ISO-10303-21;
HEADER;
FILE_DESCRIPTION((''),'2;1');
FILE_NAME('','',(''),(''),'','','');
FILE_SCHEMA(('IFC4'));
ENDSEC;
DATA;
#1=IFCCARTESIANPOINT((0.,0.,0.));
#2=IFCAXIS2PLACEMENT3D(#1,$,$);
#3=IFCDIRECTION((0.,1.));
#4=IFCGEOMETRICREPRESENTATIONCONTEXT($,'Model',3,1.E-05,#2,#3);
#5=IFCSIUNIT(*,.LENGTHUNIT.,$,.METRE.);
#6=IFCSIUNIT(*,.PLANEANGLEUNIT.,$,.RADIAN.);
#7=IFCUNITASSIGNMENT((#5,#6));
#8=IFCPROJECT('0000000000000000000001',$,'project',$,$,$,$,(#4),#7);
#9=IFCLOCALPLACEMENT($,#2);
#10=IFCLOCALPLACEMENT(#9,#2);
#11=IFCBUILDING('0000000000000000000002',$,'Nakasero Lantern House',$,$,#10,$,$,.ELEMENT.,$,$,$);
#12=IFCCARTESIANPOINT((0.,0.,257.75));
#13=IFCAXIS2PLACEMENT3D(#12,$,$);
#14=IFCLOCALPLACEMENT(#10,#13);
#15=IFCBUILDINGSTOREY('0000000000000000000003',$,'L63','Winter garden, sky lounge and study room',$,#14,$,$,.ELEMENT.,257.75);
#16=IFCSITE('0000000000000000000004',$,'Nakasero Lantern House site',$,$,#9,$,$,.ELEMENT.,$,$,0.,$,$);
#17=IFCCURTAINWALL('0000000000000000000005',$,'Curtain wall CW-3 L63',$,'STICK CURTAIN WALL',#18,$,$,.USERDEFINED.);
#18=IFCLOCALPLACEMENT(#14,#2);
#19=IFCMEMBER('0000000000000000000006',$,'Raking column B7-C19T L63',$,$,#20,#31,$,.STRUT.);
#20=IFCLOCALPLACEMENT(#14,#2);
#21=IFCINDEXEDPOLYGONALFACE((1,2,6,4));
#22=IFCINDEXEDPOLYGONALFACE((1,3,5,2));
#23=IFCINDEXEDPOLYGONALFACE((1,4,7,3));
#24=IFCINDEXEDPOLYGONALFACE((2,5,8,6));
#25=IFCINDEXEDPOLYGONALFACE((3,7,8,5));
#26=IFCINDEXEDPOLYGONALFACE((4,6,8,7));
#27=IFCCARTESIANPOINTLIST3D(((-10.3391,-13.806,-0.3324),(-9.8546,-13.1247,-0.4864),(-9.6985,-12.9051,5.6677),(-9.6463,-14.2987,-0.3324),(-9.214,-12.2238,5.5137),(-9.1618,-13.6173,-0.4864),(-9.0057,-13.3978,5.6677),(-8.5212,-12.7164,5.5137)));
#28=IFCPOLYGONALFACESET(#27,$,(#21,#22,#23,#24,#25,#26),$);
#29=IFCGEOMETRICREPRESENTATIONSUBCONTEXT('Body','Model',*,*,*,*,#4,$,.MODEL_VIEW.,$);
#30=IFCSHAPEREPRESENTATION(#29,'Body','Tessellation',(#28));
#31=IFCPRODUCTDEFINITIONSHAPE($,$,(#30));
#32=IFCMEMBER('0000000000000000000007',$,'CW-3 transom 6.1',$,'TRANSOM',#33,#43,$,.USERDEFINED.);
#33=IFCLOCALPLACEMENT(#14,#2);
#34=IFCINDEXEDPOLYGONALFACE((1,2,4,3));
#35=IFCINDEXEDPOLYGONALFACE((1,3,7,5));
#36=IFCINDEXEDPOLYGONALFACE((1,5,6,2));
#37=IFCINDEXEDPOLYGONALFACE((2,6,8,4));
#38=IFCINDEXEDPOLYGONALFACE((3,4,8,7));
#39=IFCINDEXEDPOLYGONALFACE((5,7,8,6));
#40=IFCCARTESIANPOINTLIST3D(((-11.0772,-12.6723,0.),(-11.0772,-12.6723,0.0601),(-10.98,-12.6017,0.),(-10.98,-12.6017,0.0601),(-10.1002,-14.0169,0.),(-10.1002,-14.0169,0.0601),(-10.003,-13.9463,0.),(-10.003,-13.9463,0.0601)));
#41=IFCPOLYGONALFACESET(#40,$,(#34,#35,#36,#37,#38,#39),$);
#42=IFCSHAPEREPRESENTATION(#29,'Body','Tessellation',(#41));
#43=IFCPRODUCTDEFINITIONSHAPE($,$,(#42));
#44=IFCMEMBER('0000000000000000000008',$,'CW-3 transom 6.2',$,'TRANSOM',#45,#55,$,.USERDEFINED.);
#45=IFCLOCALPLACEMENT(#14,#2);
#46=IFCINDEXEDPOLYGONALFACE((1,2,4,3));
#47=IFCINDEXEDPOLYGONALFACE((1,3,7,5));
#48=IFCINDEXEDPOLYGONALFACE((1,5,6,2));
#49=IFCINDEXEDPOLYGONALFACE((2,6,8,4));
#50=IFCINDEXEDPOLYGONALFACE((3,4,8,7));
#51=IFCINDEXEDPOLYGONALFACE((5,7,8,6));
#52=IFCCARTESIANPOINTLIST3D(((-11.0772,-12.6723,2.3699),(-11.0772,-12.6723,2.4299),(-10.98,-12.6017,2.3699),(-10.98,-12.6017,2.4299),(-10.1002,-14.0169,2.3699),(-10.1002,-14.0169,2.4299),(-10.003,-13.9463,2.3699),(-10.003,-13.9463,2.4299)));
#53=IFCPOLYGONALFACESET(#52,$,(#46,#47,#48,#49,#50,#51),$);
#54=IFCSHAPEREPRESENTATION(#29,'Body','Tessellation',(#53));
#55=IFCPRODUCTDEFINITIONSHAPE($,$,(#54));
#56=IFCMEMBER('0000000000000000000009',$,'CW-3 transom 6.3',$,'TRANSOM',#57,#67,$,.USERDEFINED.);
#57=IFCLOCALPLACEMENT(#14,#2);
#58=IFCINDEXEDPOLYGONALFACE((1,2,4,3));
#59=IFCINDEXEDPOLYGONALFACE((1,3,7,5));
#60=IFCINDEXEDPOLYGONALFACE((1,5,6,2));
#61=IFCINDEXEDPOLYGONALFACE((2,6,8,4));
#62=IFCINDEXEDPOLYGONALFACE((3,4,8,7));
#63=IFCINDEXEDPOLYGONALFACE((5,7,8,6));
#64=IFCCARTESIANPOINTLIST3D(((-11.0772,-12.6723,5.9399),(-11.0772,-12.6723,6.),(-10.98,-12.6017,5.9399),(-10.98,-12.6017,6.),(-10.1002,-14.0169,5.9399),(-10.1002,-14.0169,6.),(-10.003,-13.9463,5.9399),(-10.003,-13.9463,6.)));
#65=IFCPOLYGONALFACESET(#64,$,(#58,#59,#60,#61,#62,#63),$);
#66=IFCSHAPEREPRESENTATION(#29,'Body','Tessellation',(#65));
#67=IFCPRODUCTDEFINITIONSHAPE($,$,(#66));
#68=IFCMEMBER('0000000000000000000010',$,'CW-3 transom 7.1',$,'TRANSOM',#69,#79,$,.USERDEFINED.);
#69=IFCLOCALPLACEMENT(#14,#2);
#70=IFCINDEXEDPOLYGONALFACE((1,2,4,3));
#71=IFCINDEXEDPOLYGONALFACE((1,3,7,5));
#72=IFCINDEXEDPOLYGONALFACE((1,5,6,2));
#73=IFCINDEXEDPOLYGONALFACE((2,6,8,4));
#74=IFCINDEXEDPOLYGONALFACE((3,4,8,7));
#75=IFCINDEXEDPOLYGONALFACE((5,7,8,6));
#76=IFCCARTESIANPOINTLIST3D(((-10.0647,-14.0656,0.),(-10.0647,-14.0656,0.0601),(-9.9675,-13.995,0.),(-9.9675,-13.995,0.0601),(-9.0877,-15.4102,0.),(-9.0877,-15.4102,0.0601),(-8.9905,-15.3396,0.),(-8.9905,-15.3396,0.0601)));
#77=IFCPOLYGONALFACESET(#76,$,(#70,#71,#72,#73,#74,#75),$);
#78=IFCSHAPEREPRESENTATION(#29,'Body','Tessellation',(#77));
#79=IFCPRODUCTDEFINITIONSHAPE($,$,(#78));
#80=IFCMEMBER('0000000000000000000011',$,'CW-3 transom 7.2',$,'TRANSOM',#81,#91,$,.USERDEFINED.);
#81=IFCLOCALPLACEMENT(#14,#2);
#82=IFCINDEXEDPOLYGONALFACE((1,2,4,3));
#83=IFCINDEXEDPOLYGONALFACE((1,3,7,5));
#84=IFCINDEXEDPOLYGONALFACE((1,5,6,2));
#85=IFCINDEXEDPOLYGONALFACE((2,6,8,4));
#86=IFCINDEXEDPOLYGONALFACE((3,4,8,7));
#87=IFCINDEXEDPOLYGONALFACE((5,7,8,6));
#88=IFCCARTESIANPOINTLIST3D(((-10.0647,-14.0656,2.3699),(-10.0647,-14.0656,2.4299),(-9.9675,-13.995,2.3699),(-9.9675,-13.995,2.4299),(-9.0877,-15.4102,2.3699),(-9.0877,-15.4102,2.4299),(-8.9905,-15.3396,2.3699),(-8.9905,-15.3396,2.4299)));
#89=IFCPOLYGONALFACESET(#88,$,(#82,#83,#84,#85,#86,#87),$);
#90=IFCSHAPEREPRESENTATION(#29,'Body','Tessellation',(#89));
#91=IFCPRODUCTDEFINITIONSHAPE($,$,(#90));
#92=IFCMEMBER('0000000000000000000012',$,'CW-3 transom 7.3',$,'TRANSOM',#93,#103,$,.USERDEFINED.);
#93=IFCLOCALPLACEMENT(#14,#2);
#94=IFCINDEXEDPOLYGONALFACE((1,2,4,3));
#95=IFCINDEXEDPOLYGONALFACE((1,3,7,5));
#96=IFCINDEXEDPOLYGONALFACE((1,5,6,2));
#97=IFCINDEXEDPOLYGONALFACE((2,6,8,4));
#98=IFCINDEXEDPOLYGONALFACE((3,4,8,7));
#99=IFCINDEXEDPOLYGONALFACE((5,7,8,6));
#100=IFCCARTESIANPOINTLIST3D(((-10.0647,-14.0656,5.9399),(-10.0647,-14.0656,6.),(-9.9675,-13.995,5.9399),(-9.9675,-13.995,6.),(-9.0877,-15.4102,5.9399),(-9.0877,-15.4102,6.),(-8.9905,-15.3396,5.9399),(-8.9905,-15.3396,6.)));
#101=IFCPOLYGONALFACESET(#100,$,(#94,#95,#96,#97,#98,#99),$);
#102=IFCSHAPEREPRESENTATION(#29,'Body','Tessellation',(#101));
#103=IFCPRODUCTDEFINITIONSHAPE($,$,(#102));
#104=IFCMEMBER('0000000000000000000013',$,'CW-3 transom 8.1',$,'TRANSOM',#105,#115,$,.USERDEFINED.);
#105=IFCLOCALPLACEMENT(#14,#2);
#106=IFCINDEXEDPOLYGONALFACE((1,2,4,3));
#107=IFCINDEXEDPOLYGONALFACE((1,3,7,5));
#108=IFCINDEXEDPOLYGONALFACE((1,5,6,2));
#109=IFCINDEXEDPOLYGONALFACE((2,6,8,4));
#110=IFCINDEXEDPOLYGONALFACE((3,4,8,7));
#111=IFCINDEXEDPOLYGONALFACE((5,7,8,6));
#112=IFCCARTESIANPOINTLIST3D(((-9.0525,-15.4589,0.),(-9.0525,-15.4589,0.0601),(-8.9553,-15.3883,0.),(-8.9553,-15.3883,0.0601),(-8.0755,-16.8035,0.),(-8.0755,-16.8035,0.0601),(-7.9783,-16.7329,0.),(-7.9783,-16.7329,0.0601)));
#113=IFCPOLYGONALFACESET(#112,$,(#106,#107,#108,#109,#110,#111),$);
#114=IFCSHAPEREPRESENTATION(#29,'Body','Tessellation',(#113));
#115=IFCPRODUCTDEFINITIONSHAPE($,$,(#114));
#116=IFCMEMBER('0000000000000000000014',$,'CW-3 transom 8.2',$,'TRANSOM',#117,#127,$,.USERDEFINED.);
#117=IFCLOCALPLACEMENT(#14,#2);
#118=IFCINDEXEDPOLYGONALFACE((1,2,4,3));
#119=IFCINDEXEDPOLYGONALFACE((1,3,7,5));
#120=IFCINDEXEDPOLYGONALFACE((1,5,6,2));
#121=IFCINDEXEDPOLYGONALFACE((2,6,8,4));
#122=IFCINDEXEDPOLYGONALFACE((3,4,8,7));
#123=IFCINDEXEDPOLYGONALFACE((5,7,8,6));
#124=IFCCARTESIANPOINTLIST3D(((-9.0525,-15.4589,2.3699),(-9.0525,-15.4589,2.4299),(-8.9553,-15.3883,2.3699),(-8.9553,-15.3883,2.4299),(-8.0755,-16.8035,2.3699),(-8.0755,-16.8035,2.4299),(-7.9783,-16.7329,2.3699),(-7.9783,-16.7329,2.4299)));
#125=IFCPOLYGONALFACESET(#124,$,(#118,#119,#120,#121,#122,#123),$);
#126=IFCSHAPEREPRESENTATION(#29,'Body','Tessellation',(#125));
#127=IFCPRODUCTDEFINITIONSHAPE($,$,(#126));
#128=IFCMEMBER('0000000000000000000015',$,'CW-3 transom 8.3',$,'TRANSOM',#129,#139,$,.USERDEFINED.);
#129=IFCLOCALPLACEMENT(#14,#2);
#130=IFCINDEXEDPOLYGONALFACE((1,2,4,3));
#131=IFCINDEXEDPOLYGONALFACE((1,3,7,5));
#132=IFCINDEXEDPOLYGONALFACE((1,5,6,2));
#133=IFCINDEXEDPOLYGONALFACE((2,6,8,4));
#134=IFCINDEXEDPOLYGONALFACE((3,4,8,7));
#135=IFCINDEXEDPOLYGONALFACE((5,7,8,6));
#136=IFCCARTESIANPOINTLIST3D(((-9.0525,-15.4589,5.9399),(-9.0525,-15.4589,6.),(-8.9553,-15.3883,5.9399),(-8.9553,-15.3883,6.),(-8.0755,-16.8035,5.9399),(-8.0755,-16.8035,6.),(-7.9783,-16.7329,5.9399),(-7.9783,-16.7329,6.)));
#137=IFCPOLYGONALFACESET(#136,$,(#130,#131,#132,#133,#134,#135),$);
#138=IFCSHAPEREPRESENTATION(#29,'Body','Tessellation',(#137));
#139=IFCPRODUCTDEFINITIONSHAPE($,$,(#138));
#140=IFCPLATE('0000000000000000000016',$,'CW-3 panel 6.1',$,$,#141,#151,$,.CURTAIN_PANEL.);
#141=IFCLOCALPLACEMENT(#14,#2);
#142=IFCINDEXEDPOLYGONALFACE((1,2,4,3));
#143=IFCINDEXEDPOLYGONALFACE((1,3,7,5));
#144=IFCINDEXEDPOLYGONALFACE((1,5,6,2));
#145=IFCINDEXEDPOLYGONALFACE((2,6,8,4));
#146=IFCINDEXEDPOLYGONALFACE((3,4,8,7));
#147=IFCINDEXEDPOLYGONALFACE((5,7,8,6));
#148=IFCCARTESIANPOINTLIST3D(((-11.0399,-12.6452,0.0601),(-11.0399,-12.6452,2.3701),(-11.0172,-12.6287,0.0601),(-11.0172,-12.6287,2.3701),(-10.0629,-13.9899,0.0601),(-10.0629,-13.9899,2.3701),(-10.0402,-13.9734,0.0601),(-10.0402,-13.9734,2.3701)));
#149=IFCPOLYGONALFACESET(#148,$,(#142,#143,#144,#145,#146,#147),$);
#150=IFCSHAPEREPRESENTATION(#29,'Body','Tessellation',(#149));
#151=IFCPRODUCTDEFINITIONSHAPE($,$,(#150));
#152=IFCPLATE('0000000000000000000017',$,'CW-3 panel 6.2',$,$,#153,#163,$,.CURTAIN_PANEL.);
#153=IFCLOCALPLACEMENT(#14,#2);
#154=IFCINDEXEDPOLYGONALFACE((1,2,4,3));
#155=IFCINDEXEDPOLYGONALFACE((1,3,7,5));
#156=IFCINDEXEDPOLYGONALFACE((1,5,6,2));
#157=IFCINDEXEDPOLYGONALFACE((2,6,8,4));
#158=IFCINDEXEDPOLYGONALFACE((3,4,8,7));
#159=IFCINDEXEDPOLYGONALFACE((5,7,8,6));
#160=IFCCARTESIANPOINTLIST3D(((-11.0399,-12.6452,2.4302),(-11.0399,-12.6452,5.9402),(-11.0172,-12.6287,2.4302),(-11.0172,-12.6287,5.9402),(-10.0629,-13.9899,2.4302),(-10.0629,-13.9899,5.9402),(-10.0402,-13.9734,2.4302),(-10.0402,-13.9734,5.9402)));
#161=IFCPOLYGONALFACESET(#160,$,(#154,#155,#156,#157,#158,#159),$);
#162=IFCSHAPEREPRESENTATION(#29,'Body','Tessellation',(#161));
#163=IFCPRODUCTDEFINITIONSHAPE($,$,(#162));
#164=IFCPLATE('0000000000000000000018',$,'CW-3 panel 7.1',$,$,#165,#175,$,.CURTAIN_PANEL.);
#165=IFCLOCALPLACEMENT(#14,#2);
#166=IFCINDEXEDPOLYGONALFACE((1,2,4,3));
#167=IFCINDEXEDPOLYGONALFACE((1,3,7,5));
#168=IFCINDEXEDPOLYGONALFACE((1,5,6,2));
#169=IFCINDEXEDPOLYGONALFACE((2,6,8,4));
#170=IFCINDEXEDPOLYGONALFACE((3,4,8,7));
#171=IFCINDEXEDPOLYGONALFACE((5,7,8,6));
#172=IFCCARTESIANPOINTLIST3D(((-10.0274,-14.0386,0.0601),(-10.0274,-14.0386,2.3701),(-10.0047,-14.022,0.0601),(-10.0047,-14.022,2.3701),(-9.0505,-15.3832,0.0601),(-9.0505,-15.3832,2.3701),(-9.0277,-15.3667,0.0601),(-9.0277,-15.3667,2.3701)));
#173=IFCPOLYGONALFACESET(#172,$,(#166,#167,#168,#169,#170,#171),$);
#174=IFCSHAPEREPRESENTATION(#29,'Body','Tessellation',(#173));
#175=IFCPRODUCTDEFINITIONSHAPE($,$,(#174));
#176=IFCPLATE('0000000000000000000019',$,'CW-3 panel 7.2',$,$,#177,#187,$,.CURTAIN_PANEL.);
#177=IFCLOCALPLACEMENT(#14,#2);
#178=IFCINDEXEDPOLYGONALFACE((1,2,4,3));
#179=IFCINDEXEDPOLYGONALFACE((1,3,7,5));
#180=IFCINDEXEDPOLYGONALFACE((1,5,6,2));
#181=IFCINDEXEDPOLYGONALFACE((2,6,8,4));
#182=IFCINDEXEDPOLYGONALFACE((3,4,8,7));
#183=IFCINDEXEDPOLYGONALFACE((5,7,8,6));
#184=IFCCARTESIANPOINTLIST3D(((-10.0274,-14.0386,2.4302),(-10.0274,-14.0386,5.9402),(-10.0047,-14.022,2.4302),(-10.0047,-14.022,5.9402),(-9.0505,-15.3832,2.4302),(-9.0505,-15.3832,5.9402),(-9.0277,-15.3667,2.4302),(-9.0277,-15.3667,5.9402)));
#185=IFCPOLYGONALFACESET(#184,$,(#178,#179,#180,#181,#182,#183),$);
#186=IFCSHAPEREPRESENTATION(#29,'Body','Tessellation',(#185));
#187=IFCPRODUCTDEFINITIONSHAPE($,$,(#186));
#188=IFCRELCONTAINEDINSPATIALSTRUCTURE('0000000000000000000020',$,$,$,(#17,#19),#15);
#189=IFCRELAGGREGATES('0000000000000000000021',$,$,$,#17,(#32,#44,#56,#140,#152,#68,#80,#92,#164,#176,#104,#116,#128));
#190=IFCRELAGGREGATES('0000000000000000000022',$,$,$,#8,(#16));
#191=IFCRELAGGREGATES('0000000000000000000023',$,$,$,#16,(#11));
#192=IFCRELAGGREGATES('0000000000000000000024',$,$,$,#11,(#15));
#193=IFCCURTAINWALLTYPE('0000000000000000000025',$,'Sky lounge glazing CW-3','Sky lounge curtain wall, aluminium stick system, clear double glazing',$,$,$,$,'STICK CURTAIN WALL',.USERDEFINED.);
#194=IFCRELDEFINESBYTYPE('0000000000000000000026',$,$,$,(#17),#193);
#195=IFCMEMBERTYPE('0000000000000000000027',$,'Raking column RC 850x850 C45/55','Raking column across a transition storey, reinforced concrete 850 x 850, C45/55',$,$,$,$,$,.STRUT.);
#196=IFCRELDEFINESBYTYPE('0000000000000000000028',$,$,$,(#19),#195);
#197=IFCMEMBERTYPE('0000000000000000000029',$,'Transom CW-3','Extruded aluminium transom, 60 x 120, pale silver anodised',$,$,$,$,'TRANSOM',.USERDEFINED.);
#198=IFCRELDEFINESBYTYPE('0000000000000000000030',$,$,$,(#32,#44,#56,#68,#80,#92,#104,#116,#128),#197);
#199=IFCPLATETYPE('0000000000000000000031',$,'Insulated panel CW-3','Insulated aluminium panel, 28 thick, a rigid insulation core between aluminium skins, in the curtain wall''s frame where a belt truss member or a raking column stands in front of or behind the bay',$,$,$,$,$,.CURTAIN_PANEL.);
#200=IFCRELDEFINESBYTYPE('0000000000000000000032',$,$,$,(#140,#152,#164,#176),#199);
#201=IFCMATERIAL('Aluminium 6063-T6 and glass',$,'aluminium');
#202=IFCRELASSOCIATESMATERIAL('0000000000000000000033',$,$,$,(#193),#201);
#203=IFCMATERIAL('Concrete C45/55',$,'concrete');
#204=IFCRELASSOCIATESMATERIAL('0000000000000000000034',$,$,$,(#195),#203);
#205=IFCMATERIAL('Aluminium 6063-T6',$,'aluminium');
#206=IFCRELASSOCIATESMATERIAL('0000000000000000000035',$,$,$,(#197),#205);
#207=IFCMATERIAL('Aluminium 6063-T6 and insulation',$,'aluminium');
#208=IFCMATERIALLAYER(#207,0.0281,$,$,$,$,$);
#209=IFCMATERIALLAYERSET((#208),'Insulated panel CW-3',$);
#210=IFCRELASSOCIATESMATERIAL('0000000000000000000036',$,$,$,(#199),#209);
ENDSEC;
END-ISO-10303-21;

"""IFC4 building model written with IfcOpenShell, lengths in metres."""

from ifc_helpers import new_model, si_unit, direction, frame, origin, origin_2d, place, context, subcontext, project, spatial, rectangle, extrude, material, layer, layer_set, material_profile, profile_set, type_object, element, aggregate, save


model = new_model("IFC4")

# Units and contexts
model_context = context("Model", 3, precision=1e-05, world=origin(), true_north=direction((0.0, 1.0)))
body_context = subcontext(model_context, "Body", "Model", "MODEL_VIEW")
ifc_project = project(units=[si_unit("LENGTHUNIT", "METRE"), si_unit("PLANEANGLEUNIT", "RADIAN")], contexts=[model_context])

# Site, building, storey
site_placement = place(None, origin())
site = spatial("IfcSite", under=ifc_project, at=site_placement, Name="Nakasero Lantern House site", CompositionType="ELEMENT", RefElevation=0.0)
building_placement = place(site_placement, origin())
building = spatial("IfcBuilding", under=site, at=building_placement, Name="Nakasero Lantern House", CompositionType="ELEMENT")
storey_placement = place(building_placement, frame((0.0, 0.0, 257.75)))
storey = spatial("IfcBuildingStorey", under=building, at=storey_placement, Name="L63", Description="Winter garden, sky lounge and study room", CompositionType="ELEMENT", Elevation=257.75)

# Curtain wall
ifc_material_1 = material(Name="Aluminium 6063-T6 and glass", Category="aluminium")
curtain_wall_type = type_object("IfcCurtainWallType", Name="Sky lounge glazing CW-3", Description="Sky lounge curtain wall, aluminium stick system, clear double glazing", ElementType="STICK CURTAIN WALL", PredefinedType="USERDEFINED", material=ifc_material_1)
curtain_wall_placement = place(storey_placement, origin())
curtain_wall = element("IfcCurtainWall", 1, at=curtain_wall_placement, inside=storey, type_object=curtain_wall_type, Name="Curtain wall CW-3 L63", ObjectType="STICK CURTAIN WALL", PredefinedType="USERDEFINED")

# Members
ifc_material_2 = material(Name="Concrete C45/55", Category="concrete")
ifc_material_profile_1 = material_profile(ifc_material_2, rectangle(XDim=0.8501, YDim=0.8501, at=origin_2d()), Name="RC 850x850")
ifc_profile_set_1 = profile_set([ifc_material_profile_1], Name="Concrete C45/55")
member_type_1 = type_object("IfcMemberType", Name="Raking column RC 850x850 C45/55", Description="Raking column across a transition storey, reinforced concrete 850 x 850, C45/55", PredefinedType="STRUT", material=ifc_profile_set_1)
member_1_placement = place(storey_placement, frame((-9.7505, -13.7117, -0.4094), z_axis=(0.105004, 0.147661, 0.983448), x_axis=(-0.814955, 0.579524, 0.0)))
element("IfcMember", 2, at=member_1_placement, inside=storey, type_object=member_type_1, Name="Raking column B7-C19T L63", PredefinedType="STRUT", context=body_context, shape_type="SweptSolid", body=[
    extrude(rectangle(XDim=0.8501, YDim=0.8501, at=origin_2d()), origin(), (0.0, 0.0, 1.0), 6.1011),
])
ifc_material_3 = material(Name="Aluminium 6063-T6", Category="aluminium")
ifc_material_profile_2 = material_profile(ifc_material_3, rectangle(XDim=0.0601, YDim=0.1201, at=origin_2d()), Name="CW-3 transom 60x120")
ifc_profile_set_2 = profile_set([ifc_material_profile_2], Name="Aluminium 6063-T6")
member_type_2 = type_object("IfcMemberType", Name="Transom CW-3", Description="Extruded aluminium transom, 60 x 120, pale silver anodised", ElementType="TRANSOM", PredefinedType="USERDEFINED", material=ifc_profile_set_2)
member_2_placement = place(storey_placement, frame((-11.0286, -12.637, 0.03), z_axis=(0.587805, -0.809003, 0.0), x_axis=(0.0, 0.0, 1.0)))
member_2 = element("IfcMember", 3, at=member_2_placement, type_object=member_type_2, Name="CW-3 transom 6.1", ObjectType="TRANSOM", PredefinedType="USERDEFINED", context=body_context, shape_type="SweptSolid", body=[
    extrude(rectangle(XDim=0.0601, YDim=0.1201, at=origin_2d()), origin(), (0.0, 0.0, 1.0), 1.6621),
])
member_3_placement = place(storey_placement, frame((-11.0286, -12.637, 2.3999), z_axis=(0.587805, -0.809003, 0.0), x_axis=(0.0, 0.0, 1.0)))
member_3 = element("IfcMember", 4, at=member_3_placement, type_object=member_type_2, Name="CW-3 transom 6.2", ObjectType="TRANSOM", PredefinedType="USERDEFINED", context=body_context, shape_type="SweptSolid", body=[
    extrude(rectangle(XDim=0.0601, YDim=0.1201, at=origin_2d()), origin(), (0.0, 0.0, 1.0), 1.6621),
])
member_4_placement = place(storey_placement, frame((-11.0286, -12.637, 5.97), z_axis=(0.587805, -0.809003, 0.0), x_axis=(0.0, 0.0, 1.0)))
member_4 = element("IfcMember", 5, at=member_4_placement, type_object=member_type_2, Name="CW-3 transom 6.3", ObjectType="TRANSOM", PredefinedType="USERDEFINED", context=body_context, shape_type="SweptSolid", body=[
    extrude(rectangle(XDim=0.0601, YDim=0.1201, at=origin_2d()), origin(), (0.0, 0.0, 1.0), 1.6621),
])
member_5_placement = place(storey_placement, frame((-10.0161, -14.0303, 0.03), z_axis=(0.587805, -0.809003, 0.0), x_axis=(0.0, 0.0, 1.0)))
member_5 = element("IfcMember", 6, at=member_5_placement, type_object=member_type_2, Name="CW-3 transom 7.1", ObjectType="TRANSOM", PredefinedType="USERDEFINED", context=body_context, shape_type="SweptSolid", body=[
    extrude(rectangle(XDim=0.0601, YDim=0.1201, at=origin_2d()), origin(), (0.0, 0.0, 1.0), 1.6621),
])
member_6_placement = place(storey_placement, frame((-10.0161, -14.0303, 2.3999), z_axis=(0.587805, -0.809003, 0.0), x_axis=(0.0, 0.0, 1.0)))
member_6 = element("IfcMember", 7, at=member_6_placement, type_object=member_type_2, Name="CW-3 transom 7.2", ObjectType="TRANSOM", PredefinedType="USERDEFINED", context=body_context, shape_type="SweptSolid", body=[
    extrude(rectangle(XDim=0.0601, YDim=0.1201, at=origin_2d()), origin(), (0.0, 0.0, 1.0), 1.6621),
])
member_7_placement = place(storey_placement, frame((-10.0161, -14.0303, 5.97), z_axis=(0.587805, -0.809003, 0.0), x_axis=(0.0, 0.0, 1.0)))
member_7 = element("IfcMember", 8, at=member_7_placement, type_object=member_type_2, Name="CW-3 transom 7.3", ObjectType="TRANSOM", PredefinedType="USERDEFINED", context=body_context, shape_type="SweptSolid", body=[
    extrude(rectangle(XDim=0.0601, YDim=0.1201, at=origin_2d()), origin(), (0.0, 0.0, 1.0), 1.6621),
])
member_8_placement = place(storey_placement, frame((-9.0039, -15.4236, 0.03), z_axis=(0.587805, -0.809003, 0.0), x_axis=(0.0, 0.0, 1.0)))
member_8 = element("IfcMember", 9, at=member_8_placement, type_object=member_type_2, Name="CW-3 transom 8.1", ObjectType="TRANSOM", PredefinedType="USERDEFINED", context=body_context, shape_type="SweptSolid", body=[
    extrude(rectangle(XDim=0.0601, YDim=0.1201, at=origin_2d()), origin(), (0.0, 0.0, 1.0), 1.6621),
])
member_9_placement = place(storey_placement, frame((-9.0039, -15.4236, 2.3999), z_axis=(0.587805, -0.809003, 0.0), x_axis=(0.0, 0.0, 1.0)))
member_9 = element("IfcMember", 10, at=member_9_placement, type_object=member_type_2, Name="CW-3 transom 8.2", ObjectType="TRANSOM", PredefinedType="USERDEFINED", context=body_context, shape_type="SweptSolid", body=[
    extrude(rectangle(XDim=0.0601, YDim=0.1201, at=origin_2d()), origin(), (0.0, 0.0, 1.0), 1.6621),
])
member_10_placement = place(storey_placement, frame((-9.0039, -15.4236, 5.97), z_axis=(0.587805, -0.809003, 0.0), x_axis=(0.0, 0.0, 1.0)))
member_10 = element("IfcMember", 11, at=member_10_placement, type_object=member_type_2, Name="CW-3 transom 8.3", ObjectType="TRANSOM", PredefinedType="USERDEFINED", context=body_context, shape_type="SweptSolid", body=[
    extrude(rectangle(XDim=0.0601, YDim=0.1201, at=origin_2d()), origin(), (0.0, 0.0, 1.0), 1.6621),
])

# Plates
ifc_material_4 = material(Name="Aluminium 6063-T6 and insulation", Category="aluminium")
ifc_layer_1 = layer(ifc_material_4, 0.0281)
ifc_layer_set_1 = layer_set([ifc_layer_1], Name="Insulated panel CW-3")
plate_type_1 = type_object("IfcPlateType", Name="Insulated panel CW-3", Description="Insulated aluminium panel, 28 thick, a rigid insulation core between aluminium skins, in the curtain wall's frame where a belt truss member or a raking column stands in front of or behind the bay", PredefinedType="CURTAIN_PANEL", material=ifc_layer_set_1)
plate_1_placement = place(storey_placement, frame((-10.54, -13.3093, 0.0601), z_axis=(0.0, 0.0, 1.0), x_axis=(0.587785, -0.809017, 0.0)))
plate_1 = element("IfcPlate", 12, at=plate_1_placement, type_object=plate_type_1, Name="CW-3 panel 6.1", PredefinedType="CURTAIN_PANEL", context=body_context, shape_type="SweptSolid", body=[
    extrude(rectangle(XDim=1.6621, YDim=0.0281, at=origin_2d()), origin(), (0.0, 0.0, 1.0), 2.3101),
])
plate_2_placement = place(storey_placement, frame((-10.54, -13.3093, 2.4302), z_axis=(0.0, 0.0, 1.0), x_axis=(0.587785, -0.809017, 0.0)))
plate_2 = element("IfcPlate", 13, at=plate_2_placement, type_object=plate_type_1, Name="CW-3 panel 6.2", PredefinedType="CURTAIN_PANEL", context=body_context, shape_type="SweptSolid", body=[
    extrude(rectangle(XDim=1.6621, YDim=0.0281, at=origin_2d()), origin(), (0.0, 0.0, 1.0), 3.51),
])
plate_3_placement = place(storey_placement, frame((-9.5276, -14.7026, 0.0601), z_axis=(0.0, 0.0, 1.0), x_axis=(0.587785, -0.809017, 0.0)))
plate_3 = element("IfcPlate", 14, at=plate_3_placement, type_object=plate_type_1, Name="CW-3 panel 7.1", PredefinedType="CURTAIN_PANEL", context=body_context, shape_type="SweptSolid", body=[
    extrude(rectangle(XDim=1.6621, YDim=0.0281, at=origin_2d()), origin(), (0.0, 0.0, 1.0), 2.3101),
])
plate_4_placement = place(storey_placement, frame((-9.5276, -14.7026, 2.4302), z_axis=(0.0, 0.0, 1.0), x_axis=(0.587785, -0.809017, 0.0)))
plate_4 = element("IfcPlate", 15, at=plate_4_placement, type_object=plate_type_1, Name="CW-3 panel 7.2", PredefinedType="CURTAIN_PANEL", context=body_context, shape_type="SweptSolid", body=[
    extrude(rectangle(XDim=1.6621, YDim=0.0281, at=origin_2d()), origin(), (0.0, 0.0, 1.0), 3.51),
])
aggregate(curtain_wall, [member_2, member_3, member_4, plate_1, plate_2, member_5, member_6, member_7, plate_3, plate_4, member_8, member_9, member_10])

save(model, "model.ifc")
